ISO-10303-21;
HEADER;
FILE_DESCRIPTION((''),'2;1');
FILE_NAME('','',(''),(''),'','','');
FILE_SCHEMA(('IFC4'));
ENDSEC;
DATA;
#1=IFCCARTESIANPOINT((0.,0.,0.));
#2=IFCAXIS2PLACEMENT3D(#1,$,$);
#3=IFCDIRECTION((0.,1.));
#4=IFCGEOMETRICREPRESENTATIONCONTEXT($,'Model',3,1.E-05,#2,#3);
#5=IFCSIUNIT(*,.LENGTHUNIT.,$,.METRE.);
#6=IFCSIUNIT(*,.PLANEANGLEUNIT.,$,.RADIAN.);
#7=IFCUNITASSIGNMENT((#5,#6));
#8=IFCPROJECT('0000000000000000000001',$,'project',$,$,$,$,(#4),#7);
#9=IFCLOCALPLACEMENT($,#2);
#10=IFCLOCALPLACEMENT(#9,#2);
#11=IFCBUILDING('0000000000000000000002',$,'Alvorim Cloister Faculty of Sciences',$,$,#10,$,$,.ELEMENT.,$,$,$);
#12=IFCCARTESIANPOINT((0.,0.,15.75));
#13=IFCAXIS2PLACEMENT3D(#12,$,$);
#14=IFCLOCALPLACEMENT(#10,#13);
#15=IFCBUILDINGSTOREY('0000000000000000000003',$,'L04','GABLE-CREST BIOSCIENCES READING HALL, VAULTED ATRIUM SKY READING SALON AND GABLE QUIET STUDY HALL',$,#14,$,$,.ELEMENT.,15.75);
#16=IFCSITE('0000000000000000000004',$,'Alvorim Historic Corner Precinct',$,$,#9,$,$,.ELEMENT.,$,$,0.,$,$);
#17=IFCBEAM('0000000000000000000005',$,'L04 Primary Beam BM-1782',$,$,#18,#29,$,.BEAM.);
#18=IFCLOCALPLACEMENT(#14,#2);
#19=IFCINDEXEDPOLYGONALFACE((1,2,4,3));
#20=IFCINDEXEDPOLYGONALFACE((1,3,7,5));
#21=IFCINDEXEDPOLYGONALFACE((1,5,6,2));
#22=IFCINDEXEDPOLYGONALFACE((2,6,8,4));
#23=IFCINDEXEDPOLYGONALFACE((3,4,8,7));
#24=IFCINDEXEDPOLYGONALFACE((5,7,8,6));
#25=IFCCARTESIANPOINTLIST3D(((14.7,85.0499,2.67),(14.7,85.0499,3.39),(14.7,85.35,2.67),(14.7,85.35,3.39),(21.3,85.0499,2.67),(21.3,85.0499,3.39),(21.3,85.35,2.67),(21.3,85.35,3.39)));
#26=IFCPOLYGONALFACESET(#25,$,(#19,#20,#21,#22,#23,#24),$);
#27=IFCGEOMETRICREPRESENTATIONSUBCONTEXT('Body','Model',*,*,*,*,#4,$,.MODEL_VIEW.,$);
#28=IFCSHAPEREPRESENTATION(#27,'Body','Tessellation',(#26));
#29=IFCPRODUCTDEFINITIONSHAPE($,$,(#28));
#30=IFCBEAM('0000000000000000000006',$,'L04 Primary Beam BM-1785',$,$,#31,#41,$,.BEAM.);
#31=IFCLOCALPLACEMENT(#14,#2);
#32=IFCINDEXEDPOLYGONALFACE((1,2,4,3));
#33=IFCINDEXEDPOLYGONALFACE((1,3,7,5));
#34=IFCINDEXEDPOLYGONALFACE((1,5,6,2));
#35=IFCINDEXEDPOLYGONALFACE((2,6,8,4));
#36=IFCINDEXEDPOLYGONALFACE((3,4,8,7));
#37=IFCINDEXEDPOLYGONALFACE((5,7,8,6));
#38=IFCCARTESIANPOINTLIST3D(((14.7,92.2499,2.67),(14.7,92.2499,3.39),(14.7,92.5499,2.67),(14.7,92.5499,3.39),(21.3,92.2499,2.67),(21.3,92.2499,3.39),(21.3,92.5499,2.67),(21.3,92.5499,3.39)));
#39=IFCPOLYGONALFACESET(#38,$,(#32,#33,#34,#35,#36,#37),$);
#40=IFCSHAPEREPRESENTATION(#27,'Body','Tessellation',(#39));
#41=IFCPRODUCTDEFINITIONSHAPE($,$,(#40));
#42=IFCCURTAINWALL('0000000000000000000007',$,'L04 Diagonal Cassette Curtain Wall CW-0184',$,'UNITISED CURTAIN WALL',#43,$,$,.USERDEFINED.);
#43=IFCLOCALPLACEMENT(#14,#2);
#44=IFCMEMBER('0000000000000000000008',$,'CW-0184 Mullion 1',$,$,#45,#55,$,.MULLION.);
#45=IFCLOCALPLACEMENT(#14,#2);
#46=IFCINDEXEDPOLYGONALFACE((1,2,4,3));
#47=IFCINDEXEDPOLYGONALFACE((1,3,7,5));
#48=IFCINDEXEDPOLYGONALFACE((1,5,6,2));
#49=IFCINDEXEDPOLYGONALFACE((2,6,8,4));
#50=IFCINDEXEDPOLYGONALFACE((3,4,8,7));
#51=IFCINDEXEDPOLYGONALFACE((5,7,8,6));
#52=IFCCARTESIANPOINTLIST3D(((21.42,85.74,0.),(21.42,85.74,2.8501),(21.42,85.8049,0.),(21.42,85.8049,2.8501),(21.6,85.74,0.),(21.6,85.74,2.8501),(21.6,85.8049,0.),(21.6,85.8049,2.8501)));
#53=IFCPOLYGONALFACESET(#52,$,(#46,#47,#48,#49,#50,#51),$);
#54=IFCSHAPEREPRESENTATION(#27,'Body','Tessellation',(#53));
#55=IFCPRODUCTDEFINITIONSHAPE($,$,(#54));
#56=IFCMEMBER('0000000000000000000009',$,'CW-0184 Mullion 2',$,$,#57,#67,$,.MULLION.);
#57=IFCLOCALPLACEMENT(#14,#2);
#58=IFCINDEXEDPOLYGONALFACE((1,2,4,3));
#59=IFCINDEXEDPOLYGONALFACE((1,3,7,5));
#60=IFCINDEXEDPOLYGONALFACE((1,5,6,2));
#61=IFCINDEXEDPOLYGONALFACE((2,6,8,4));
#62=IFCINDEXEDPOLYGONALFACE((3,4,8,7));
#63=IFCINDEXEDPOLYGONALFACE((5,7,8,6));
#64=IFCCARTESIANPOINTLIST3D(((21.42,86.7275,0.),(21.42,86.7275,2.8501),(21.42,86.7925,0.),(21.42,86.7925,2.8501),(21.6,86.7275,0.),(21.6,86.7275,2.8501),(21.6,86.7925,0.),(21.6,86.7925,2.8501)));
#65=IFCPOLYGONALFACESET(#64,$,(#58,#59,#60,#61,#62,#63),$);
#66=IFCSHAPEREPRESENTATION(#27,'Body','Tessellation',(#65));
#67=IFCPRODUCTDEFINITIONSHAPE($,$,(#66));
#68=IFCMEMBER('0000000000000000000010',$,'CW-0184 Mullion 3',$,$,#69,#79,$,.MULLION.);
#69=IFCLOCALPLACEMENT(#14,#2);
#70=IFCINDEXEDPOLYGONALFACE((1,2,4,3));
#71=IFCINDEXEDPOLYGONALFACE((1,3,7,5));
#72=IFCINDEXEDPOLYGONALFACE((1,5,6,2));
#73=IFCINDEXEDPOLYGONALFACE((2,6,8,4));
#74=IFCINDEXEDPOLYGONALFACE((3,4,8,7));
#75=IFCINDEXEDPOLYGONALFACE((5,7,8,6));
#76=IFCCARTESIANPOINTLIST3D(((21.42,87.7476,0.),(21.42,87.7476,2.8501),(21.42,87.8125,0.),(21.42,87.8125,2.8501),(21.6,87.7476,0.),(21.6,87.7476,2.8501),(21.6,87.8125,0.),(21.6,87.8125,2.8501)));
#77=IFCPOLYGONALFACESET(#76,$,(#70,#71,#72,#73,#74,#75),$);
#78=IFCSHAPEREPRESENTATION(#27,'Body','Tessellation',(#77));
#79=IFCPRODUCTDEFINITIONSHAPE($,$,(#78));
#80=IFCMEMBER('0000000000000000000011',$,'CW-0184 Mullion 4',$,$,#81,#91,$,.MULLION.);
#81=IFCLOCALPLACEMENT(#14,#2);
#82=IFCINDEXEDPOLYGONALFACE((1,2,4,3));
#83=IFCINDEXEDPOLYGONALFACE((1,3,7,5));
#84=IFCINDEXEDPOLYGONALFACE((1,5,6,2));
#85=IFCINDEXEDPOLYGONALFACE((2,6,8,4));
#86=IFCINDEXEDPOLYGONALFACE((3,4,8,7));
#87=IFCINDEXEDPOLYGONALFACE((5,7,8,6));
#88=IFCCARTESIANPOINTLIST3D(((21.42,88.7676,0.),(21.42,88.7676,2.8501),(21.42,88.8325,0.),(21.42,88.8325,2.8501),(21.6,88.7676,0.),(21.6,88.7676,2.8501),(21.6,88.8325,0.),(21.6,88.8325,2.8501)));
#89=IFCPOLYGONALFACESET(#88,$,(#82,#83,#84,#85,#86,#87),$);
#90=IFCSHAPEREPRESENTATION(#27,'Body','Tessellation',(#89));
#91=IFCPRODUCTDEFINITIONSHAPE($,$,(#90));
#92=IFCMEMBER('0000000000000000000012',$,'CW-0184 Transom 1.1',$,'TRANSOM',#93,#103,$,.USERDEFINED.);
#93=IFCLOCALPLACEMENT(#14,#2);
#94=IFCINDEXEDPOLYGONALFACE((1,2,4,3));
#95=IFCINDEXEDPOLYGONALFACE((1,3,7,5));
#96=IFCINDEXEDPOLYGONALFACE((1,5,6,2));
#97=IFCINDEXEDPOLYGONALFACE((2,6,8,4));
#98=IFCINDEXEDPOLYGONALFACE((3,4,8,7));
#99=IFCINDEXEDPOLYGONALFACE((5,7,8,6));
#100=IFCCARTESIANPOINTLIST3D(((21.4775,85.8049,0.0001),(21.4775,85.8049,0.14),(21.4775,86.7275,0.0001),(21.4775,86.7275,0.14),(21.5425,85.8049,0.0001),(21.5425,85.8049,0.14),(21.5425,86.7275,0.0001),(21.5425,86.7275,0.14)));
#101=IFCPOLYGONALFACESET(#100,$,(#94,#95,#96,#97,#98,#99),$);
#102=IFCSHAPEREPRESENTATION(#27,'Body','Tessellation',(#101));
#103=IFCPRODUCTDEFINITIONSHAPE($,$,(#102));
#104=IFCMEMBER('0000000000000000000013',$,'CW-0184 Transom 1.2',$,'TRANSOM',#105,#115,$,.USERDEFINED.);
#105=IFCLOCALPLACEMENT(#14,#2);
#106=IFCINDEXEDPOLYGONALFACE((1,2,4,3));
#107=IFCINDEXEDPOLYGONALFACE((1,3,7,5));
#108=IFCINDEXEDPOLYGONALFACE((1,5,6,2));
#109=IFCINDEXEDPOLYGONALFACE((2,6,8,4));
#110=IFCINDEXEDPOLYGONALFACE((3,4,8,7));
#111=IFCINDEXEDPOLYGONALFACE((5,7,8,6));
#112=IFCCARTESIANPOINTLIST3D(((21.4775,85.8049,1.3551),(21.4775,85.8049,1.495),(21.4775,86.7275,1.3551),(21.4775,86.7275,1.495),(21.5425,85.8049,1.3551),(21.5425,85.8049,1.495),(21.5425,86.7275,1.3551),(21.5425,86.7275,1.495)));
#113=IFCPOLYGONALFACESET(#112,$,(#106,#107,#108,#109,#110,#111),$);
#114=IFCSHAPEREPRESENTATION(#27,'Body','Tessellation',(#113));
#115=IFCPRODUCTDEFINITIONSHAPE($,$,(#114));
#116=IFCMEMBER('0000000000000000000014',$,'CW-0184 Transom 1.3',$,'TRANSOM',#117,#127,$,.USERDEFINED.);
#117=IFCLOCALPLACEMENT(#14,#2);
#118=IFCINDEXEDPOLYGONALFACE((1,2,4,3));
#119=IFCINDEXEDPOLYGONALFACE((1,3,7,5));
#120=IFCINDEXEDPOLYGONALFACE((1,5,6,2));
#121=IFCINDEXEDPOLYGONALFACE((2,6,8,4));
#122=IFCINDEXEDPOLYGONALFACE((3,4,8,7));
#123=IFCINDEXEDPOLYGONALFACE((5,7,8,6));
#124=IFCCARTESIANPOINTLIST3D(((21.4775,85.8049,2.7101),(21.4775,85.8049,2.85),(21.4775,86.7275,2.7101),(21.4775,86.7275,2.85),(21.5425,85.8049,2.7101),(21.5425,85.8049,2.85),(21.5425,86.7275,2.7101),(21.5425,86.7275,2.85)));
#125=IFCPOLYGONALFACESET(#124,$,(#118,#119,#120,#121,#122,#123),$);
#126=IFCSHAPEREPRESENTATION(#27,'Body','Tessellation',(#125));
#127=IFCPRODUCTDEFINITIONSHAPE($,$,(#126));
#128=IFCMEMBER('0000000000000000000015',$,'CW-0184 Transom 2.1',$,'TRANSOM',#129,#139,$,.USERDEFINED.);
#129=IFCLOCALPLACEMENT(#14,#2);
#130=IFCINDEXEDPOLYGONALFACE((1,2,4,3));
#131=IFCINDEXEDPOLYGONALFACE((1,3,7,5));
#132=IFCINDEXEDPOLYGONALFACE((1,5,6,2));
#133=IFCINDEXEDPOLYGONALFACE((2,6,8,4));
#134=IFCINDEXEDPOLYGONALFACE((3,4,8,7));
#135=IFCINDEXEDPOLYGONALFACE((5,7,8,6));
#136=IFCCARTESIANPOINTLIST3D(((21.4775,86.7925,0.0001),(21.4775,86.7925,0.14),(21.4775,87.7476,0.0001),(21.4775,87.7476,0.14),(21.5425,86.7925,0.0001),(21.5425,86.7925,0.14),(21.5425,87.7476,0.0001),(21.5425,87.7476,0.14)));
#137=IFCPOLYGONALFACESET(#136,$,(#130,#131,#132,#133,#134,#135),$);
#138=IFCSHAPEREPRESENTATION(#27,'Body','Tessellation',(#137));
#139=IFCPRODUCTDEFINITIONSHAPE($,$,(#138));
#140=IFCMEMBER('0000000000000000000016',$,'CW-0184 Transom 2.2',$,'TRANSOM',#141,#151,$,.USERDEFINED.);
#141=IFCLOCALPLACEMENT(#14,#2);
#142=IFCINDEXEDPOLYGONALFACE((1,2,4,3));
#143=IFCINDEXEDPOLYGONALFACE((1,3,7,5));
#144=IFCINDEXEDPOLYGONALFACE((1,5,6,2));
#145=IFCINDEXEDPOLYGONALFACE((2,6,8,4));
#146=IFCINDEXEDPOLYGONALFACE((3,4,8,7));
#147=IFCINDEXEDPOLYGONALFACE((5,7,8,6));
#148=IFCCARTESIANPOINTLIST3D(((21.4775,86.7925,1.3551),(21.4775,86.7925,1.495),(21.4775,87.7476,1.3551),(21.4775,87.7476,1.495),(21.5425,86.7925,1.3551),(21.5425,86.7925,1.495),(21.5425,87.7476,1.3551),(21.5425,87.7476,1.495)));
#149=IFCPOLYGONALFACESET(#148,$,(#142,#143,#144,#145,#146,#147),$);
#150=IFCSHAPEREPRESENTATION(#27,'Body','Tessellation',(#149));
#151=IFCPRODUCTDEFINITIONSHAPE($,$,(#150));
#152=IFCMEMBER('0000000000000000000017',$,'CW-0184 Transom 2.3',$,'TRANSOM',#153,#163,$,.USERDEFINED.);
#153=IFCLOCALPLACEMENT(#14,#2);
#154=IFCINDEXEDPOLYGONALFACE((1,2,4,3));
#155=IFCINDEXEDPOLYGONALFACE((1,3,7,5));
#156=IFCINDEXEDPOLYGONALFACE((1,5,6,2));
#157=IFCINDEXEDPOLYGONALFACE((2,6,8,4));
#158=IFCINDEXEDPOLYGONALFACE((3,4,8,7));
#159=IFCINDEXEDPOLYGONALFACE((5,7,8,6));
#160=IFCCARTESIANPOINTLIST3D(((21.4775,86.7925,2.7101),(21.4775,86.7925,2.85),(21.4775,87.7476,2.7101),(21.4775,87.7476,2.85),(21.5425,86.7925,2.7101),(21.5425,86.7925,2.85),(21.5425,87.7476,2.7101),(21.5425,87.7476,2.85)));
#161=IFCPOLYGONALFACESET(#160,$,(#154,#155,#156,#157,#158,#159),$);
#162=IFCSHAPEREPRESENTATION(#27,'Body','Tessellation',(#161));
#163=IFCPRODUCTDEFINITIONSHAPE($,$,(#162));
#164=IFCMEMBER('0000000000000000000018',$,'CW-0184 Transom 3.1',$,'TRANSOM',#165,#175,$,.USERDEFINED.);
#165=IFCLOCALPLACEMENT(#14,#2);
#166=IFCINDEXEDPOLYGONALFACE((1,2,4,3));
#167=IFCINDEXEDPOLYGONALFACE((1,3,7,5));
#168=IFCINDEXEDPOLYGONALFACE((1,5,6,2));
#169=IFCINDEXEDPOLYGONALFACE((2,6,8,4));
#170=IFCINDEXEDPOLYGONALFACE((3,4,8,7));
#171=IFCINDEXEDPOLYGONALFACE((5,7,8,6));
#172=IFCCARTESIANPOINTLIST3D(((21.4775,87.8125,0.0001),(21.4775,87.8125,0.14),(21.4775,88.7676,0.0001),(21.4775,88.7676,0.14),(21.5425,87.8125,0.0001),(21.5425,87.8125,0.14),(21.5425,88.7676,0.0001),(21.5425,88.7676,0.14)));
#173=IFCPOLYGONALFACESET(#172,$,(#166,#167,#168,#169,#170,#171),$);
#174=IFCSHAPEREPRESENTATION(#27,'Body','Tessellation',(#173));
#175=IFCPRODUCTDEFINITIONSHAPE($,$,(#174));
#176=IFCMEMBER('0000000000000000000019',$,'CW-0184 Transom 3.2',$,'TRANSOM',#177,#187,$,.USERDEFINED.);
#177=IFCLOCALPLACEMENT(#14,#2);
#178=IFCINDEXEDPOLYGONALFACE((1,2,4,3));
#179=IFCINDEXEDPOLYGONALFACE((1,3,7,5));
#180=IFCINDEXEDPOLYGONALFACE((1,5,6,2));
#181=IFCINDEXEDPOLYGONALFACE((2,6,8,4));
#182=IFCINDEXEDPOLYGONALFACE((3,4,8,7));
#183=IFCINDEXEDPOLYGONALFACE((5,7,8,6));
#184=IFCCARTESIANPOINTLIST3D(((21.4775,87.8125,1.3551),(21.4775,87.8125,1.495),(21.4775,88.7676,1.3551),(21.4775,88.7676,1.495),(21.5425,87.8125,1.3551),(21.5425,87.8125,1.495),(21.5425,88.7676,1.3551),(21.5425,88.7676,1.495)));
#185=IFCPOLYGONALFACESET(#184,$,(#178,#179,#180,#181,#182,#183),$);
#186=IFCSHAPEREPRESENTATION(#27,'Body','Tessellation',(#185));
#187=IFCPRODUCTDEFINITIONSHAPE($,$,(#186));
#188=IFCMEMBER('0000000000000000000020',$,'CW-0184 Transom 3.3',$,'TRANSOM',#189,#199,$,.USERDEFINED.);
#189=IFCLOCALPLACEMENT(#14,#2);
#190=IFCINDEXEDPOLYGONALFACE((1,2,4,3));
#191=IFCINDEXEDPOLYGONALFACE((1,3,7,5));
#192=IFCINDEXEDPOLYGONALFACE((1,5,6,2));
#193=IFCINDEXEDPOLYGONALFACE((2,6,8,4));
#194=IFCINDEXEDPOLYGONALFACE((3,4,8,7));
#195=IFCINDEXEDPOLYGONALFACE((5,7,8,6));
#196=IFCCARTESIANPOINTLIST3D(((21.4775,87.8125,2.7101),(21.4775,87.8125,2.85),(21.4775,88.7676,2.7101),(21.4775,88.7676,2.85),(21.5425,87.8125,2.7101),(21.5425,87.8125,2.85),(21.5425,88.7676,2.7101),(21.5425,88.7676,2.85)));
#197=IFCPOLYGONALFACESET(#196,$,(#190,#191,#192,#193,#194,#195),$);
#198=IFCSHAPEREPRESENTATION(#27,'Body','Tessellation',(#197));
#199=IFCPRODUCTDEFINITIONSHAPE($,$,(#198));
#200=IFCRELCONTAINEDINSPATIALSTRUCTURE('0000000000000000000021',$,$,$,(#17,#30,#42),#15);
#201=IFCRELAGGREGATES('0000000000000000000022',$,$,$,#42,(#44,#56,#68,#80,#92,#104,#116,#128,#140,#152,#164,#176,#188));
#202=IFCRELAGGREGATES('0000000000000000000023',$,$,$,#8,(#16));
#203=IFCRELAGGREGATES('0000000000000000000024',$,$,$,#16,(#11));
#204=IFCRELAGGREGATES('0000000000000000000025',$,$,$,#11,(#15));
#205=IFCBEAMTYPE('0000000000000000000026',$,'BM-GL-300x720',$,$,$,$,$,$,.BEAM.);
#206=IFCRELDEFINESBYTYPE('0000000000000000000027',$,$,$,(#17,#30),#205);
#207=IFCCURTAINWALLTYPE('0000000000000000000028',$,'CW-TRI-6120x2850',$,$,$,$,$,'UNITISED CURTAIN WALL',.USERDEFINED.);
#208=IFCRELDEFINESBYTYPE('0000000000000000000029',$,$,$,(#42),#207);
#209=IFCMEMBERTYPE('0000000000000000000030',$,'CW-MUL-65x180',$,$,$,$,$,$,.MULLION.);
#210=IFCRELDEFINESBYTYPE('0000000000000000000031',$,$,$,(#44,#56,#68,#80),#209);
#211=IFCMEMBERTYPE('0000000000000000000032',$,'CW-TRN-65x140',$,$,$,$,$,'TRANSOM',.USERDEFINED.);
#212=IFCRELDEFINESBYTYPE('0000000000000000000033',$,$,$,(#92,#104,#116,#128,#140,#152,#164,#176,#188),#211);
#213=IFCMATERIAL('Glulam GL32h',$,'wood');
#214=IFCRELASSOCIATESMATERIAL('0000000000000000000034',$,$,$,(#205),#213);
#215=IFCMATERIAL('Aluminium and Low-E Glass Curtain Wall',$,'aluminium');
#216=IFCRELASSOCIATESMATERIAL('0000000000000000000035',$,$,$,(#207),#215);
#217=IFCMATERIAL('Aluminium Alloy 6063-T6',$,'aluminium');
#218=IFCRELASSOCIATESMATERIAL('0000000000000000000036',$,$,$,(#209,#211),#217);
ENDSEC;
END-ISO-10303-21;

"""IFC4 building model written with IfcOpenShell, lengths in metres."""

from ifc_helpers import new_model, si_unit, direction, frame, origin, origin_2d, place, context, subcontext, project, spatial, rectangle, extrude, material, material_profile, profile_set, type_object, element, aggregate, save


model = new_model("IFC4")

# Units and contexts
model_context = context("Model", 3, precision=1e-05, world=origin(), true_north=direction((0.0, 1.0)))
body_context = subcontext(model_context, "Body", "Model", "MODEL_VIEW")
ifc_project = project(units=[si_unit("LENGTHUNIT", "METRE"), si_unit("PLANEANGLEUNIT", "RADIAN")], contexts=[model_context])

# Site, building, storey
site_placement = place(None, origin())
site = spatial("IfcSite", under=ifc_project, at=site_placement, Name="Alvorim Historic Corner Precinct", CompositionType="ELEMENT", RefElevation=0.0)
building_placement = place(site_placement, origin())
building = spatial("IfcBuilding", under=site, at=building_placement, Name="Alvorim Cloister Faculty of Sciences", CompositionType="ELEMENT")
storey_placement = place(building_placement, frame((0.0, 0.0, 15.75)))
storey = spatial("IfcBuildingStorey", under=building, at=storey_placement, Name="L04", Description="GABLE-CREST BIOSCIENCES READING HALL, VAULTED ATRIUM SKY READING SALON AND GABLE QUIET STUDY HALL", CompositionType="ELEMENT", Elevation=15.75)

# Beams
ifc_material_1 = material(Name="Glulam GL32h", Category="wood")
ifc_material_profile_1 = material_profile(ifc_material_1, rectangle(XDim=0.3, YDim=0.72, at=origin_2d()), Name="GL32-BM-300x720")
ifc_profile_set_1 = profile_set([ifc_material_profile_1], Name="Glulam GL32h")
beam_type = type_object("IfcBeamType", Name="BM-GL-300x720", PredefinedType="BEAM", material=ifc_profile_set_1)
for number, where, z_axis, x_axis, name in (
    (1, (14.7, 85.2, 3.03), (1.0, 0.0, 0.0), (0.0, 1.0, 0.0), "L04 Primary Beam BM-1782"),
    (2, (14.7, 92.3999, 3.03), (1.0, 0.0, 0.0), (0.0, 1.0, 0.0), "L04 Primary Beam BM-1785"),
):
    element("IfcBeam", number, at=place(storey_placement, frame(where, z_axis=z_axis, x_axis=x_axis)), inside=storey, type_object=beam_type, Name=name, PredefinedType="BEAM", context=body_context, shape_type="SweptSolid", body=[
        extrude(rectangle(XDim=0.3, YDim=0.72, at=origin_2d()), origin(), (0.0, 0.0, 1.0), 6.6001),
    ])

# Curtain wall, members
ifc_material_2 = material(Name="Aluminium and Low-E Glass Curtain Wall", Category="aluminium")
curtain_wall_type = type_object("IfcCurtainWallType", Name="CW-TRI-6120x2850", ElementType="UNITISED CURTAIN WALL", PredefinedType="USERDEFINED", material=ifc_material_2)
curtain_wall_placement = place(storey_placement, origin())
curtain_wall = element("IfcCurtainWall", 3, at=curtain_wall_placement, inside=storey, type_object=curtain_wall_type, Name="L04 Diagonal Cassette Curtain Wall CW-0184", ObjectType="UNITISED CURTAIN WALL", PredefinedType="USERDEFINED")
ifc_material_3 = material(Name="Aluminium Alloy 6063-T6", Category="aluminium")
ifc_material_profile_2 = material_profile(ifc_material_3, rectangle(XDim=0.0649, YDim=0.1799, at=origin_2d()), Name="ALU-MUL-65x180")
ifc_profile_set_2 = profile_set([ifc_material_profile_2], Name="Aluminium Alloy 6063-T6")
member_type_1 = type_object("IfcMemberType", Name="CW-MUL-65x180", PredefinedType="MULLION", material=ifc_profile_set_2)
member_1_placement = place(storey_placement, frame((21.51, 85.7725, 0.0), z_axis=(0.0, 0.0, 1.0), x_axis=(0.0, 1.0, 0.0)))
member_1 = element("IfcMember", 4, at=member_1_placement, type_object=member_type_1, Name="CW-0184 Mullion 1", PredefinedType="MULLION", context=body_context, shape_type="SweptSolid", body=[
    extrude(rectangle(XDim=0.0649, YDim=0.1799, at=origin_2d()), origin(), (0.0, 0.0, 1.0), 2.8501),
])
member_2_placement = place(storey_placement, frame((21.51, 86.76, 0.0), z_axis=(0.0, 0.0, 1.0), x_axis=(0.0, 1.0, 0.0)))
member_2 = element("IfcMember", 5, at=member_2_placement, type_object=member_type_1, Name="CW-0184 Mullion 2", PredefinedType="MULLION", context=body_context, shape_type="SweptSolid", body=[
    extrude(rectangle(XDim=0.0649, YDim=0.1799, at=origin_2d()), origin(), (0.0, 0.0, 1.0), 2.8501),
])
member_3_placement = place(storey_placement, frame((21.51, 87.78, 0.0), z_axis=(0.0, 0.0, 1.0), x_axis=(0.0, 1.0, 0.0)))
member_3 = element("IfcMember", 6, at=member_3_placement, type_object=member_type_1, Name="CW-0184 Mullion 3", PredefinedType="MULLION", context=body_context, shape_type="SweptSolid", body=[
    extrude(rectangle(XDim=0.0649, YDim=0.1799, at=origin_2d()), origin(), (0.0, 0.0, 1.0), 2.8501),
])
member_4_placement = place(storey_placement, frame((21.51, 88.8, 0.0), z_axis=(0.0, 0.0, 1.0), x_axis=(0.0, 1.0, 0.0)))
member_4 = element("IfcMember", 7, at=member_4_placement, type_object=member_type_1, Name="CW-0184 Mullion 4", PredefinedType="MULLION", context=body_context, shape_type="SweptSolid", body=[
    extrude(rectangle(XDim=0.0649, YDim=0.1799, at=origin_2d()), origin(), (0.0, 0.0, 1.0), 2.8501),
])
ifc_material_profile_3 = material_profile(ifc_material_3, rectangle(XDim=0.0649, YDim=0.1399, at=origin_2d()), Name="ALU-TRN-65x140")
ifc_profile_set_3 = profile_set([ifc_material_profile_3], Name="Aluminium Alloy 6063-T6")
member_type_2 = type_object("IfcMemberType", Name="CW-TRN-65x140", ElementType="TRANSOM", PredefinedType="USERDEFINED", material=ifc_profile_set_3)
member_5_placement = place(storey_placement, frame((21.51, 85.8049, 0.0701), z_axis=(0.0, 1.0, 0.0), x_axis=(-1.0, 0.0, 0.0)))
member_5 = element("IfcMember", 8, at=member_5_placement, type_object=member_type_2, Name="CW-0184 Transom 1.1", ObjectType="TRANSOM", PredefinedType="USERDEFINED", context=body_context, shape_type="SweptSolid", body=[
    extrude(rectangle(XDim=0.0649, YDim=0.1399, at=origin_2d()), origin(), (0.0, 0.0, 1.0), 0.9226),
])
member_6_placement = place(storey_placement, frame((21.51, 85.8049, 1.425), z_axis=(0.0, 1.0, 0.0), x_axis=(-1.0, 0.0, 0.0)))
member_6 = element("IfcMember", 9, at=member_6_placement, type_object=member_type_2, Name="CW-0184 Transom 1.2", ObjectType="TRANSOM", PredefinedType="USERDEFINED", context=body_context, shape_type="SweptSolid", body=[
    extrude(rectangle(XDim=0.0649, YDim=0.1399, at=origin_2d()), origin(), (0.0, 0.0, 1.0), 0.9226),
])
member_7_placement = place(storey_placement, frame((21.51, 85.8049, 2.78), z_axis=(0.0, 1.0, 0.0), x_axis=(-1.0, 0.0, 0.0)))
member_7 = element("IfcMember", 10, at=member_7_placement, type_object=member_type_2, Name="CW-0184 Transom 1.3", ObjectType="TRANSOM", PredefinedType="USERDEFINED", context=body_context, shape_type="SweptSolid", body=[
    extrude(rectangle(XDim=0.0649, YDim=0.1399, at=origin_2d()), origin(), (0.0, 0.0, 1.0), 0.9226),
])
member_8_placement = place(storey_placement, frame((21.51, 86.7925, 0.0701), z_axis=(0.0, 1.0, 0.0), x_axis=(-1.0, 0.0, 0.0)))
member_8 = element("IfcMember", 11, at=member_8_placement, type_object=member_type_2, Name="CW-0184 Transom 2.1", ObjectType="TRANSOM", PredefinedType="USERDEFINED", context=body_context, shape_type="SweptSolid", body=[
    extrude(rectangle(XDim=0.0649, YDim=0.1399, at=origin_2d()), origin(), (0.0, 0.0, 1.0), 0.9551),
])
member_9_placement = place(storey_placement, frame((21.51, 86.7925, 1.425), z_axis=(0.0, 1.0, 0.0), x_axis=(-1.0, 0.0, 0.0)))
member_9 = element("IfcMember", 12, at=member_9_placement, type_object=member_type_2, Name="CW-0184 Transom 2.2", ObjectType="TRANSOM", PredefinedType="USERDEFINED", context=body_context, shape_type="SweptSolid", body=[
    extrude(rectangle(XDim=0.0649, YDim=0.1399, at=origin_2d()), origin(), (0.0, 0.0, 1.0), 0.9551),
])
member_10_placement = place(storey_placement, frame((21.51, 86.7925, 2.78), z_axis=(0.0, 1.0, 0.0), x_axis=(-1.0, 0.0, 0.0)))
member_10 = element("IfcMember", 13, at=member_10_placement, type_object=member_type_2, Name="CW-0184 Transom 2.3", ObjectType="TRANSOM", PredefinedType="USERDEFINED", context=body_context, shape_type="SweptSolid", body=[
    extrude(rectangle(XDim=0.0649, YDim=0.1399, at=origin_2d()), origin(), (0.0, 0.0, 1.0), 0.9551),
])
member_11_placement = place(storey_placement, frame((21.51, 87.8125, 0.0701), z_axis=(0.0, 1.0, 0.0), x_axis=(-1.0, 0.0, 0.0)))
member_11 = element("IfcMember", 14, at=member_11_placement, type_object=member_type_2, Name="CW-0184 Transom 3.1", ObjectType="TRANSOM", PredefinedType="USERDEFINED", context=body_context, shape_type="SweptSolid", body=[
    extrude(rectangle(XDim=0.0649, YDim=0.1399, at=origin_2d()), origin(), (0.0, 0.0, 1.0), 0.9551),
])
member_12_placement = place(storey_placement, frame((21.51, 87.8125, 1.425), z_axis=(0.0, 1.0, 0.0), x_axis=(-1.0, 0.0, 0.0)))
member_12 = element("IfcMember", 15, at=member_12_placement, type_object=member_type_2, Name="CW-0184 Transom 3.2", ObjectType="TRANSOM", PredefinedType="USERDEFINED", context=body_context, shape_type="SweptSolid", body=[
    extrude(rectangle(XDim=0.0649, YDim=0.1399, at=origin_2d()), origin(), (0.0, 0.0, 1.0), 0.9551),
])
member_13_placement = place(storey_placement, frame((21.51, 87.8125, 2.78), z_axis=(0.0, 1.0, 0.0), x_axis=(-1.0, 0.0, 0.0)))
member_13 = element("IfcMember", 16, at=member_13_placement, type_object=member_type_2, Name="CW-0184 Transom 3.3", ObjectType="TRANSOM", PredefinedType="USERDEFINED", context=body_context, shape_type="SweptSolid", body=[
    extrude(rectangle(XDim=0.0649, YDim=0.1399, at=origin_2d()), origin(), (0.0, 0.0, 1.0), 0.9551),
])
aggregate(curtain_wall, [member_1, member_2, member_3, member_4, member_5, member_6, member_7, member_8, member_9, member_10, member_11, member_12, member_13])

save(model, "model.ifc")
